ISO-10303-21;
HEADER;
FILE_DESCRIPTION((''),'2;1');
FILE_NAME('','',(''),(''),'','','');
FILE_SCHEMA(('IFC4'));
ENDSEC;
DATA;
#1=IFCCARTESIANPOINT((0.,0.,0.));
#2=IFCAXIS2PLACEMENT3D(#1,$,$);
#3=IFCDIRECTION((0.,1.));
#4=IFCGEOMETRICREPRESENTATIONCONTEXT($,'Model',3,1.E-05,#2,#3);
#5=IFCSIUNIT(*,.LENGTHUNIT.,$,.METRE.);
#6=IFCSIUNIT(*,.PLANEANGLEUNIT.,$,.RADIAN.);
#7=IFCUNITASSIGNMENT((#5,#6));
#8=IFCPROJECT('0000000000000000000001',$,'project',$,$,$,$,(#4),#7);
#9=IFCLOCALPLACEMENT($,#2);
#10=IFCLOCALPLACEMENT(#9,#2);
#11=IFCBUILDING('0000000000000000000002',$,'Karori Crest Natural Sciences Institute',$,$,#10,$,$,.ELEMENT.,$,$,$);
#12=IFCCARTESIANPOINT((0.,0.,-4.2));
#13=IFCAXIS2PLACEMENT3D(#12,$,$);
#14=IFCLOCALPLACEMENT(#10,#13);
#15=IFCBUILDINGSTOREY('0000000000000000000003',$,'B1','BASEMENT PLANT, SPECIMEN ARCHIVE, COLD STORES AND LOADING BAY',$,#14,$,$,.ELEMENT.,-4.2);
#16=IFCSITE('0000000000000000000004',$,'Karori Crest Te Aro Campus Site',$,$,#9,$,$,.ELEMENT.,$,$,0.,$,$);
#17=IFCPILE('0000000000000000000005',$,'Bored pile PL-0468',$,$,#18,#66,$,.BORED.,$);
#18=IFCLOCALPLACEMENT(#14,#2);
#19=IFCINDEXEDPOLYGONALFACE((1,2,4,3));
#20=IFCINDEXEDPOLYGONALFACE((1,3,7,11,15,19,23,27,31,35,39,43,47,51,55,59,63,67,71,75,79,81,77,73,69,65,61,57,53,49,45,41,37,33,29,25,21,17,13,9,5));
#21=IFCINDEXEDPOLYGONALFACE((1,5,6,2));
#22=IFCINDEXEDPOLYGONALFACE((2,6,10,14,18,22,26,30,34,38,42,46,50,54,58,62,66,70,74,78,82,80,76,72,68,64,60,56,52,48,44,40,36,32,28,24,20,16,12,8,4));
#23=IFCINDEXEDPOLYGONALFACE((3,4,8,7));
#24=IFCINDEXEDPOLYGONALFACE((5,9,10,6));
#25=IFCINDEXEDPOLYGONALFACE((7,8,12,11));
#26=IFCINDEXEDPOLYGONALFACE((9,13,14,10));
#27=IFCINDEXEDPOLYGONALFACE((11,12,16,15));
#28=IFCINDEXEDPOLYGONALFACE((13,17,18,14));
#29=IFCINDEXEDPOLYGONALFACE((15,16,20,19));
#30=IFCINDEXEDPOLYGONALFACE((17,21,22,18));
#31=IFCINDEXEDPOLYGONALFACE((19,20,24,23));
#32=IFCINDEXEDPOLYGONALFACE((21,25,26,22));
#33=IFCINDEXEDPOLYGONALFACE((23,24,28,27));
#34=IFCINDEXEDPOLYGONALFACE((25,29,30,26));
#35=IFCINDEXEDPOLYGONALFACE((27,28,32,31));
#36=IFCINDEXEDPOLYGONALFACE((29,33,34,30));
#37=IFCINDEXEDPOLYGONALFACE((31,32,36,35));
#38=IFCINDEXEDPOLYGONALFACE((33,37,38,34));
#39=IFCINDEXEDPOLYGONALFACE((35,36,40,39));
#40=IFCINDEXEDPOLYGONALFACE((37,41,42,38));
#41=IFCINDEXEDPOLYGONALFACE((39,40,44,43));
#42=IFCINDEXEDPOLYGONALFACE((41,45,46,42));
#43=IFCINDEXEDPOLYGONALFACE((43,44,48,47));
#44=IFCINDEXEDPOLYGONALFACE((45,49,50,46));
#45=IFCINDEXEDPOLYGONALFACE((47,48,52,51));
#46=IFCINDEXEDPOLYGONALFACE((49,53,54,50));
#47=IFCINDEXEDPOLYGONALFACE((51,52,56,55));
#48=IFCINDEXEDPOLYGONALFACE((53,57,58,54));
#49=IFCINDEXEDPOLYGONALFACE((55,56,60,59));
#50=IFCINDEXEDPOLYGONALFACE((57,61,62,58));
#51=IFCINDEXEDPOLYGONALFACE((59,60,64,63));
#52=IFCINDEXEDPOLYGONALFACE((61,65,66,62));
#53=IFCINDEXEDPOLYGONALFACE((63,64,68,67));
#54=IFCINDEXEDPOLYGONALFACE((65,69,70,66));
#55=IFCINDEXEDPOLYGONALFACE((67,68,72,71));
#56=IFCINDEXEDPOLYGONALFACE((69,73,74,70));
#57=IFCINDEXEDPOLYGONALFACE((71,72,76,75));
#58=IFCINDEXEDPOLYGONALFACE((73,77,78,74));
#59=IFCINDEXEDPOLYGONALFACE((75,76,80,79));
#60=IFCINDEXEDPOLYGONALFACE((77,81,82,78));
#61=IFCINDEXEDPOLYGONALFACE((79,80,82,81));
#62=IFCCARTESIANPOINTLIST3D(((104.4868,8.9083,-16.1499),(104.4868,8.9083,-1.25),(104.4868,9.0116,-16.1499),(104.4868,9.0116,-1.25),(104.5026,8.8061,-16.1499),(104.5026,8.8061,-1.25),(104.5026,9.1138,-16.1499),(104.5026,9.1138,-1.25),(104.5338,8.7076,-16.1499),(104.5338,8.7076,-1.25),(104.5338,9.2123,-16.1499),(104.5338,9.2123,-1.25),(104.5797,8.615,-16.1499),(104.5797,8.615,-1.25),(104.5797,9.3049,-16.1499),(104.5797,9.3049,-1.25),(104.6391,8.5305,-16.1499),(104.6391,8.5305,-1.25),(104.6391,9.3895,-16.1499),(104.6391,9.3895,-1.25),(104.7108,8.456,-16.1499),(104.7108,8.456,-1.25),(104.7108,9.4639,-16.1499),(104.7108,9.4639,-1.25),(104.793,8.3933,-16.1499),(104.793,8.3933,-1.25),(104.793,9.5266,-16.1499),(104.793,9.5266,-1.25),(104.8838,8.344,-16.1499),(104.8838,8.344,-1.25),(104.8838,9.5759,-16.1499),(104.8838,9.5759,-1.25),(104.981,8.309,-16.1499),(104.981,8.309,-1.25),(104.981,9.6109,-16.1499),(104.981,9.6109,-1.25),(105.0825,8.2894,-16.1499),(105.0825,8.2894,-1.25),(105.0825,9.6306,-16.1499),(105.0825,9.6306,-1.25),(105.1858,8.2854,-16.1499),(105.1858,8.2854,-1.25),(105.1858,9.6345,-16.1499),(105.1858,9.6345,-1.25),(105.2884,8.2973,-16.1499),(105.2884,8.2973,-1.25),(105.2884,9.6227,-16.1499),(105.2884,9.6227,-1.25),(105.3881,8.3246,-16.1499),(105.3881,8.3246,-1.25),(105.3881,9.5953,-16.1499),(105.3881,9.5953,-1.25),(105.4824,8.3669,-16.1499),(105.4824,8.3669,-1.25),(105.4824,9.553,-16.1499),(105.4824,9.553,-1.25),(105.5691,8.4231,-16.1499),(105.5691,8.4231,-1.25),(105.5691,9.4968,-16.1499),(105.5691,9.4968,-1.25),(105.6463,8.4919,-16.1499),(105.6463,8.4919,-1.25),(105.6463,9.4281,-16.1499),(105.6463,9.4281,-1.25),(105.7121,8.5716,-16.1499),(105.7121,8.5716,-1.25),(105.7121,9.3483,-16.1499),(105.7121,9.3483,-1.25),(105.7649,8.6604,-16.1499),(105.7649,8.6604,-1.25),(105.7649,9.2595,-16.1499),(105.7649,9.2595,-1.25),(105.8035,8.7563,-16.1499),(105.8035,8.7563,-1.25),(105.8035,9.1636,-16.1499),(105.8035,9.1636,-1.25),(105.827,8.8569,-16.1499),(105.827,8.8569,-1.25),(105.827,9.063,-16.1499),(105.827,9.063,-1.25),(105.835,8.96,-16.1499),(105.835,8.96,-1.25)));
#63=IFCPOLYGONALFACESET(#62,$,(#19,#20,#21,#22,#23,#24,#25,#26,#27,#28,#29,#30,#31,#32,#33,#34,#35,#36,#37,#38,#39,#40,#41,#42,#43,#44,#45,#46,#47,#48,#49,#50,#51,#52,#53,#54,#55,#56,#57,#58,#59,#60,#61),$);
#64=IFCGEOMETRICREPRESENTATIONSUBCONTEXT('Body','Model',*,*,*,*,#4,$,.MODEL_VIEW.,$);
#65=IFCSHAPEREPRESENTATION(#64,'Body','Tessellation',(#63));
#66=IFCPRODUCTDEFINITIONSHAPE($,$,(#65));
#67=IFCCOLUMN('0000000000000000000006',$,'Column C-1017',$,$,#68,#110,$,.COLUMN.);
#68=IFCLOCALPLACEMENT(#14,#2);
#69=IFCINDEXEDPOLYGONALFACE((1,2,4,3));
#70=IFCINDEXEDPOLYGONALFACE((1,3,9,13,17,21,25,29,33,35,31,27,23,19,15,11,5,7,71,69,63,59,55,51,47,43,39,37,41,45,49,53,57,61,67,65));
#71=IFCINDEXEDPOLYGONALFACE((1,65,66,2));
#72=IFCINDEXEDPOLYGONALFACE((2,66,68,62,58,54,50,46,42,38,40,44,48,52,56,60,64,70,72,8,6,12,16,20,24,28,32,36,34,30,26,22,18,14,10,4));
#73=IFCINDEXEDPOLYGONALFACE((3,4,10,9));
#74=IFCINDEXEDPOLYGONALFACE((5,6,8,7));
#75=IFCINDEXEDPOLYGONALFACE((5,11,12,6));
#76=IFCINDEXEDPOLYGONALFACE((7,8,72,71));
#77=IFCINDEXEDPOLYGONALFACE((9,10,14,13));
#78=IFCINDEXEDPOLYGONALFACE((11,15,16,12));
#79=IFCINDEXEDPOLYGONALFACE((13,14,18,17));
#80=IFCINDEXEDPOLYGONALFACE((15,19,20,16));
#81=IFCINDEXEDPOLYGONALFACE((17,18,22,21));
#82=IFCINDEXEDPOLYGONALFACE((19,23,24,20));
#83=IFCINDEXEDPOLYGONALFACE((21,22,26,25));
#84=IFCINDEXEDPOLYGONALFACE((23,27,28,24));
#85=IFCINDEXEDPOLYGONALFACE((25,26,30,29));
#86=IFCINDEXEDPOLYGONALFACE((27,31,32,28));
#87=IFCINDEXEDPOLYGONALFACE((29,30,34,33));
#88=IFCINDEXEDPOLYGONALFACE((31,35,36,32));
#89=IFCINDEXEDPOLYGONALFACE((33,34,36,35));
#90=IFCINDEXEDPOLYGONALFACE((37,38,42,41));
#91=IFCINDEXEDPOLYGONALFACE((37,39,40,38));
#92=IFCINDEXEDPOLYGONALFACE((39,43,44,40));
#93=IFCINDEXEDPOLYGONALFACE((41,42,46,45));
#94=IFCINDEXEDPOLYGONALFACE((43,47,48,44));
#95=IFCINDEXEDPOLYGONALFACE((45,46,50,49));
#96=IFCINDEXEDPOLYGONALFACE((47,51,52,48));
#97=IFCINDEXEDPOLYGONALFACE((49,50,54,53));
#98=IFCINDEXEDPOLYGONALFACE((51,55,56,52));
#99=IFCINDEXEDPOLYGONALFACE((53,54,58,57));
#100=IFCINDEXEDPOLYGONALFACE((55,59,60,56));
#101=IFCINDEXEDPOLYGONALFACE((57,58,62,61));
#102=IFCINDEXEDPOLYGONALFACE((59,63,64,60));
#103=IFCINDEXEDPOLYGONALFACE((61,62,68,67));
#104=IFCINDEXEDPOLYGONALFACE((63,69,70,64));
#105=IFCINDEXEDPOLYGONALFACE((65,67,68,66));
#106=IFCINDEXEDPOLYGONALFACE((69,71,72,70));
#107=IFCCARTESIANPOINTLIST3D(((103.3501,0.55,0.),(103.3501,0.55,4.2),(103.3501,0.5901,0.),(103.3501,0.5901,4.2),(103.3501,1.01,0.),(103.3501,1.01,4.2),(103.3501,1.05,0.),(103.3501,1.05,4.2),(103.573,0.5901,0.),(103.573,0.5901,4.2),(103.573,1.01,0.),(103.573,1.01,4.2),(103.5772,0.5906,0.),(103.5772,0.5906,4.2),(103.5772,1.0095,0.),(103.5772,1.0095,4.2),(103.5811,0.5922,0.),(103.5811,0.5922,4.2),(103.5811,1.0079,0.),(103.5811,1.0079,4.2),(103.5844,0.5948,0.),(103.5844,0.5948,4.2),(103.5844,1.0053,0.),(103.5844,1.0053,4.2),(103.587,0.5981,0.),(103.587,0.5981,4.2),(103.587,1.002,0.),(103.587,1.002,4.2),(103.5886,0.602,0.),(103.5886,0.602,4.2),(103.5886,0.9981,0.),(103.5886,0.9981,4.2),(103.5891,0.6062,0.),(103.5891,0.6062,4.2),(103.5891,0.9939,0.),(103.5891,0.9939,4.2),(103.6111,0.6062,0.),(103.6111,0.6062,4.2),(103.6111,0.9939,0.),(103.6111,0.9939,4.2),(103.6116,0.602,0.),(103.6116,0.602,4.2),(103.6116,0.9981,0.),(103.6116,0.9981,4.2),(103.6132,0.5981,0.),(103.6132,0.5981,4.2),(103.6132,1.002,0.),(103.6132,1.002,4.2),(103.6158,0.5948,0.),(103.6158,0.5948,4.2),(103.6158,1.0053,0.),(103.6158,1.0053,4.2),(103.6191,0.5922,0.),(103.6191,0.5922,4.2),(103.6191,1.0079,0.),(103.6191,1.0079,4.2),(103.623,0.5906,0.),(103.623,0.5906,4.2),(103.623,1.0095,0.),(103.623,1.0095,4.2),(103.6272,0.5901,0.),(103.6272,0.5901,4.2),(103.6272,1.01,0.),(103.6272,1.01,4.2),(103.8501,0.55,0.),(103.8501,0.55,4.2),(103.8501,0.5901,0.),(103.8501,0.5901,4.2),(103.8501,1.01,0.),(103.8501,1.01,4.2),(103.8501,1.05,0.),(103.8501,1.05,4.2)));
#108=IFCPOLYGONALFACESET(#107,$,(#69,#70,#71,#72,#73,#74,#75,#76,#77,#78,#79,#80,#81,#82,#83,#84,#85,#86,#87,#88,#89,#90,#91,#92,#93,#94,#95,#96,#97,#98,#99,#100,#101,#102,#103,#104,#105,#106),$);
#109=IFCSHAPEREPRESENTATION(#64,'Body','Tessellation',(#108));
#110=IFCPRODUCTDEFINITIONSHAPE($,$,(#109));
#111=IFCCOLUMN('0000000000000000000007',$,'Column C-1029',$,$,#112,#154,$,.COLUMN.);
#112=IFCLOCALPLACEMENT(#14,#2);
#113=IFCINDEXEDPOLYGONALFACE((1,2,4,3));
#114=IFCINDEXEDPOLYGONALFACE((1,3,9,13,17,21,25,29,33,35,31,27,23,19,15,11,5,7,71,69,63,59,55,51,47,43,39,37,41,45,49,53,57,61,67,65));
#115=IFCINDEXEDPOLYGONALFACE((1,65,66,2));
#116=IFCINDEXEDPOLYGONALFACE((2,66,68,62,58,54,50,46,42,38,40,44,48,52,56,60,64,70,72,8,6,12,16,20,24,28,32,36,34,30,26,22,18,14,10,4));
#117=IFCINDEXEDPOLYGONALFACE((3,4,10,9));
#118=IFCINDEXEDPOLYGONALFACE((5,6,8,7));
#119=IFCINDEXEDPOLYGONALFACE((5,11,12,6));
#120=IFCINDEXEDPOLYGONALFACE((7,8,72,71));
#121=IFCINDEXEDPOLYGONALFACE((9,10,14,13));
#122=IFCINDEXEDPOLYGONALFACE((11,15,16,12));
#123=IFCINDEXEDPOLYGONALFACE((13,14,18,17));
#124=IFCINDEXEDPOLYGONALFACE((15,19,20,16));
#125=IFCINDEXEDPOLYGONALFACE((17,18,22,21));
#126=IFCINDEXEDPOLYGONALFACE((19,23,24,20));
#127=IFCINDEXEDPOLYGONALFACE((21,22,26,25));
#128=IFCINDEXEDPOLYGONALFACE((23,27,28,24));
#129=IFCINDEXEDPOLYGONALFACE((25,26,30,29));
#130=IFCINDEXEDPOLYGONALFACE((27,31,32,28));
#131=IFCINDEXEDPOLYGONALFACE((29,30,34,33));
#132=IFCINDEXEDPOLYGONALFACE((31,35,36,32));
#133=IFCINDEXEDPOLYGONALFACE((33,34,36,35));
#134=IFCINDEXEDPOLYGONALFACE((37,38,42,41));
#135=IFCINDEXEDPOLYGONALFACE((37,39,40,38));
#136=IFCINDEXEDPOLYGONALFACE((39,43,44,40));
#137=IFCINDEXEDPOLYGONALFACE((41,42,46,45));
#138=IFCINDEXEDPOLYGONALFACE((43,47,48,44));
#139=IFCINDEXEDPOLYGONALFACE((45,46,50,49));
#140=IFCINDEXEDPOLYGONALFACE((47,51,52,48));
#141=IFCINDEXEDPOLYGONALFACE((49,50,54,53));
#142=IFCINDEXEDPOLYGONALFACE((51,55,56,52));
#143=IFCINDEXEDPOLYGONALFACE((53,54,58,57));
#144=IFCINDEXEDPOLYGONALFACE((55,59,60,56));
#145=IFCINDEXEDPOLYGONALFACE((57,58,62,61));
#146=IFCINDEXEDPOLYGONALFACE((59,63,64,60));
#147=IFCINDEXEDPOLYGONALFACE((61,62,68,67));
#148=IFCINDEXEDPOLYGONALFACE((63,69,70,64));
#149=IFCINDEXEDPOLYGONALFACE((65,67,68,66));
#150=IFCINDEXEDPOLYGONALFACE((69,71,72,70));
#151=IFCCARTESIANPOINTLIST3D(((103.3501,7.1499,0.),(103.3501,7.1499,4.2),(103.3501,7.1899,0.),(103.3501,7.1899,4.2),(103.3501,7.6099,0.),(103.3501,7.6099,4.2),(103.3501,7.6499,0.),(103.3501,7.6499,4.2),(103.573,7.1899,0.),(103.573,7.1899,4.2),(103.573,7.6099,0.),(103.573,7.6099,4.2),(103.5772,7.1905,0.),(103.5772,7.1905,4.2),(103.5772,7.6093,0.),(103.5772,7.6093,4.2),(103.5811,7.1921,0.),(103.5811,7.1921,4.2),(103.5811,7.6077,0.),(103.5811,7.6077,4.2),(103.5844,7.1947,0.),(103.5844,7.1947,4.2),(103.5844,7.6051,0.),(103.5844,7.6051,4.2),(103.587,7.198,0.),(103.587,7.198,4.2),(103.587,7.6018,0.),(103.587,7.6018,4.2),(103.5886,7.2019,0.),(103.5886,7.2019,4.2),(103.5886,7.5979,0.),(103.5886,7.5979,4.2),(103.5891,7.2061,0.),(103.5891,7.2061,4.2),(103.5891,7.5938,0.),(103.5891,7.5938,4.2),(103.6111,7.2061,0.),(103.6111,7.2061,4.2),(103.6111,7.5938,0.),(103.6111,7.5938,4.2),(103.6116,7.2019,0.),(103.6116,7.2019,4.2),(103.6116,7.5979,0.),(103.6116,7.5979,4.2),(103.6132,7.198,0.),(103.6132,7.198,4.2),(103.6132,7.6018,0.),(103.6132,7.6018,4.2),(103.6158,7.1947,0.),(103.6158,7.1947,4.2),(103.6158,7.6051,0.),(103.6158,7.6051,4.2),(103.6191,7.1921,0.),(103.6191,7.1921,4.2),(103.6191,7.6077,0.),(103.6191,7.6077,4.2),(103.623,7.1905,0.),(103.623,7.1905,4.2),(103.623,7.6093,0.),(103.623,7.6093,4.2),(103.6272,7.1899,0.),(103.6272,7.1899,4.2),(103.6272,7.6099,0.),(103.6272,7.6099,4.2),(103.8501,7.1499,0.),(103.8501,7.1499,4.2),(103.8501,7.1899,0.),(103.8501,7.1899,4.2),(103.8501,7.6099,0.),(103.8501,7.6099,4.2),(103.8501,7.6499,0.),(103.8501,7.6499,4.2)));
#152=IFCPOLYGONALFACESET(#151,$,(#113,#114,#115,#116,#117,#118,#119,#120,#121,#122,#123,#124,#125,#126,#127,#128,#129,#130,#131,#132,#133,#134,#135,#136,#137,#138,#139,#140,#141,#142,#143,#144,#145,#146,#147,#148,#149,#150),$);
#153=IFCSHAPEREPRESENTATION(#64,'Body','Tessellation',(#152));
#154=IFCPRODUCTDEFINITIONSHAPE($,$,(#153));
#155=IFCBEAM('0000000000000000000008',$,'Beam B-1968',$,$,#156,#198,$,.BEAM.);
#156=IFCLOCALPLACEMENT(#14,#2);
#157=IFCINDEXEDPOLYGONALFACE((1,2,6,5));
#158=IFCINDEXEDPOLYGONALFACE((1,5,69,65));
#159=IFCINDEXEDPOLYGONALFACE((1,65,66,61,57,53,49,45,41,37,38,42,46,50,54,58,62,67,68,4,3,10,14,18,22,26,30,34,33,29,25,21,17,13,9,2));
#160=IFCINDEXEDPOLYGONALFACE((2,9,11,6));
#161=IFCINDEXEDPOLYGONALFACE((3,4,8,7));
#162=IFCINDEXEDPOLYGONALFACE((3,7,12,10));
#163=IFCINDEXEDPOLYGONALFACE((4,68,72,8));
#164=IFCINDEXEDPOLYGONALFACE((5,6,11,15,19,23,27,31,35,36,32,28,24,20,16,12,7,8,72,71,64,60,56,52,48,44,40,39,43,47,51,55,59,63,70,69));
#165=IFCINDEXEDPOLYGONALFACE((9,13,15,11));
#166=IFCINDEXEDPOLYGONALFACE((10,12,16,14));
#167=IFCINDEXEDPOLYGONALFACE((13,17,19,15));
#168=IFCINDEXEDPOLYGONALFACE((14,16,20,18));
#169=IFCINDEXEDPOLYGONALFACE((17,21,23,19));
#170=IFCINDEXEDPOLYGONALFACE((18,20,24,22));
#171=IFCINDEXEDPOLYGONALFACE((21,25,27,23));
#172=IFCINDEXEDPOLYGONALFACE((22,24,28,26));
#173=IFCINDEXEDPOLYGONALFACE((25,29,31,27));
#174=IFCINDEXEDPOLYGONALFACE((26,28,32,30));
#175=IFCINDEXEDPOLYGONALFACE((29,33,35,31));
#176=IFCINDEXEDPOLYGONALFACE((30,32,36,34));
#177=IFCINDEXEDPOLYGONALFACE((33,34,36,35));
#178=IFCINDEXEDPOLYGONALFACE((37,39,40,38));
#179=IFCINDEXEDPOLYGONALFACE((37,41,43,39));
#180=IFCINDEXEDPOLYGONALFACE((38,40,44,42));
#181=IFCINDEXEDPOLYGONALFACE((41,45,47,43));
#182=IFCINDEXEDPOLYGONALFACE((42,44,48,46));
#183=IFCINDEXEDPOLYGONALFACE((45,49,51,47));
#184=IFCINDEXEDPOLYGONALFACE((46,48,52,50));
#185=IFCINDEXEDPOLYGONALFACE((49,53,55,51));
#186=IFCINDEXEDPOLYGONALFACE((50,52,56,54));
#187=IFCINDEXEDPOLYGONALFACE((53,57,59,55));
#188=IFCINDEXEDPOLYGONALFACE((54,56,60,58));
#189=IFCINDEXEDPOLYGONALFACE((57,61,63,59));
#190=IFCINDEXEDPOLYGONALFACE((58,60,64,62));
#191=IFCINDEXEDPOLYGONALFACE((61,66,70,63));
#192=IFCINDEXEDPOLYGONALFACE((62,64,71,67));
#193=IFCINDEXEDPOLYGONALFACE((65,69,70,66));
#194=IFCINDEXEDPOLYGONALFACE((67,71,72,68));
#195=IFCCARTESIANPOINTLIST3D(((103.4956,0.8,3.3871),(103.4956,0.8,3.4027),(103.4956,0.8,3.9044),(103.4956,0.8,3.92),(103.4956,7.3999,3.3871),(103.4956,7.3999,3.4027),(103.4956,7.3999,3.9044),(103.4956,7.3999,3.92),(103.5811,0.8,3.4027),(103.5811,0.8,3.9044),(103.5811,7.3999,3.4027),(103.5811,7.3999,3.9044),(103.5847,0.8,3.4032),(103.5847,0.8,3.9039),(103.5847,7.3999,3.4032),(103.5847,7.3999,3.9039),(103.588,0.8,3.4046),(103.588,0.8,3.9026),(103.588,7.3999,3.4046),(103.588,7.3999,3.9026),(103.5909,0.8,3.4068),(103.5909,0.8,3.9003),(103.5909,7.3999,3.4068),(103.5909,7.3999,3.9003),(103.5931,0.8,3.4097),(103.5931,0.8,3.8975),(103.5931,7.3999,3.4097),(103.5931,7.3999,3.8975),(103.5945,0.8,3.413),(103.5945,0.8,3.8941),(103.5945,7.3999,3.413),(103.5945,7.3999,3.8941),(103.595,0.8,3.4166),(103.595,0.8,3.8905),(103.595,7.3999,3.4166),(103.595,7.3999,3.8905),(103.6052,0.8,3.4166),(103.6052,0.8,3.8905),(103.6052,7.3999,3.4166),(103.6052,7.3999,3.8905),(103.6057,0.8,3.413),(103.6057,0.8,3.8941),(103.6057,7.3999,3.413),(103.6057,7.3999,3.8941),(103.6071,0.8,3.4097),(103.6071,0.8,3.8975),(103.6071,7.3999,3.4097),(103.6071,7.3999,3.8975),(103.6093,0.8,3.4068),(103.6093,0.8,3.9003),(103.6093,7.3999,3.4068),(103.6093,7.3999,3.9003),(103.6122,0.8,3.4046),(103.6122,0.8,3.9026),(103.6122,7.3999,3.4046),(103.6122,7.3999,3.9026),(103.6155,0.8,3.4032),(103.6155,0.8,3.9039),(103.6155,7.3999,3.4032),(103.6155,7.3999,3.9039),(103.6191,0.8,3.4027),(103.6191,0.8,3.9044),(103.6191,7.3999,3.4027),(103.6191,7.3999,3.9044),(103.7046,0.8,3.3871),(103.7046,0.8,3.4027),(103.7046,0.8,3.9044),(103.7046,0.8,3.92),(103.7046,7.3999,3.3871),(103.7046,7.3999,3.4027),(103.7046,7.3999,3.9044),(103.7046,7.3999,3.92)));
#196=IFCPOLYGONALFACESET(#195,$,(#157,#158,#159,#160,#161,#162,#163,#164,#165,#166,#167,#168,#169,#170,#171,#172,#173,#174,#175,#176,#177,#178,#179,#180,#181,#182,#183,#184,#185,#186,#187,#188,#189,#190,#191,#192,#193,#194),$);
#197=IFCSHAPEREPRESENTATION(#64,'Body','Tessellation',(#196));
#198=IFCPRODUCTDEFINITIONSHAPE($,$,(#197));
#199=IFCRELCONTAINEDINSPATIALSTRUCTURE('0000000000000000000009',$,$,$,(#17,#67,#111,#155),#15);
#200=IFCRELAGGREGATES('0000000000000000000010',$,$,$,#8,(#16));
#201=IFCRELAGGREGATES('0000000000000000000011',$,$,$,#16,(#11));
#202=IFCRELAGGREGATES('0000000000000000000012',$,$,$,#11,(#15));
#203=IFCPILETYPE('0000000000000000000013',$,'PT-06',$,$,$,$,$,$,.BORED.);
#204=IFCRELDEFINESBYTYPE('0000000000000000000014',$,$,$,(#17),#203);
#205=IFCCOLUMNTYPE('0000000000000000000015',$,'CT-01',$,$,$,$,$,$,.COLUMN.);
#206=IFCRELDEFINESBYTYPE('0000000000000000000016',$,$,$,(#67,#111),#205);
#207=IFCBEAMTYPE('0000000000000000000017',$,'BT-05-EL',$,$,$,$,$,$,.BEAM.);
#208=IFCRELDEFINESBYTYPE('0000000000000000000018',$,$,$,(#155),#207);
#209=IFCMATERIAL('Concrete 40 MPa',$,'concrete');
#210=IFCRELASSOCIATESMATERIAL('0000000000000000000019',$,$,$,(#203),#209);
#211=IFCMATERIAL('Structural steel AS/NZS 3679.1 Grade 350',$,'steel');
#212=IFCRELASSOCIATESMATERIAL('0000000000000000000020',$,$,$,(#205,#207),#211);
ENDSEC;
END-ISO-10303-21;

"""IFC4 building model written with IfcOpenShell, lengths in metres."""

from ifc_helpers import new_model, si_unit, direction, frame, origin, origin_2d, place, context, subcontext, project, spatial, circle, i_section, extrude, material, material_profile, profile_set, type_object, element, save


model = new_model("IFC4")

# Units and contexts
model_context = context("Model", 3, precision=1e-05, world=origin(), true_north=direction((0.0, 1.0)))
body_context = subcontext(model_context, "Body", "Model", "MODEL_VIEW")
ifc_project = project(units=[si_unit("LENGTHUNIT", "METRE"), si_unit("PLANEANGLEUNIT", "RADIAN")], contexts=[model_context])

# Site, building, storey
site_placement = place(None, origin())
site = spatial("IfcSite", under=ifc_project, at=site_placement, Name="Karori Crest Te Aro Campus Site", CompositionType="ELEMENT", RefElevation=0.0)
building_placement = place(site_placement, origin())
building = spatial("IfcBuilding", under=site, at=building_placement, Name="Karori Crest Natural Sciences Institute", CompositionType="ELEMENT")
storey_placement = place(building_placement, frame((0.0, 0.0, -4.2)))
storey = spatial("IfcBuildingStorey", under=building, at=storey_placement, Name="B1", Description="BASEMENT PLANT, SPECIMEN ARCHIVE, COLD STORES AND LOADING BAY", CompositionType="ELEMENT", Elevation=-4.2)

# Shared definitions
ifc_material_1 = material(Name="Concrete 40 MPa", Category="concrete")

# Pile
ifc_material_profile_1 = material_profile(ifc_material_1, circle(Radius=0.675, at=origin_2d()), Name="PILE1350")
ifc_profile_set_1 = profile_set([ifc_material_profile_1], Name="Concrete 40 MPa")
pile_type = type_object("IfcPileType", Name="PT-06", PredefinedType="BORED", material=ifc_profile_set_1)
for number, where, z_axis, x_axis, name in (
    (1, (105.1599, 8.96, -1.25), (0.0, 0.0, -1.0), (1.0, 0.0, 0.0), "Bored pile PL-0468"),
):
    element("IfcPile", number, at=place(storey_placement, frame(where, z_axis=z_axis, x_axis=x_axis)), inside=storey, type_object=pile_type, Name=name, PredefinedType="BORED", context=body_context, shape_type="SweptSolid", body=[
        extrude(circle(Radius=0.675, at=origin_2d()), origin(), (0.0, 0.0, 1.0), 14.8999),
    ])

# Columns
ifc_material_2 = material(Name="Structural steel AS/NZS 3679.1 Grade 350", Category="steel")
ifc_material_profile_2 = material_profile(ifc_material_2, i_section(OverallWidth=0.5, OverallDepth=0.5, WebThickness=0.022, FlangeThickness=0.04, FilletRadius=0.0161, at=origin_2d()), Name="500WC440")
ifc_profile_set_2 = profile_set([ifc_material_profile_2], Name="Structural steel AS/NZS 3679.1 Grade 350")
column_type = type_object("IfcColumnType", Name="CT-01", PredefinedType="COLUMN", material=ifc_profile_set_2)
for number, where, z_axis, x_axis, name in (
    (2, (103.6001, 0.8, 0.0), (0.0, 0.0, 1.0), (1.0, 0.0, 0.0), "Column C-1017"),
    (3, (103.6001, 7.3999, 0.0), (0.0, 0.0, 1.0), (1.0, 0.0, 0.0), "Column C-1029"),
):
    element("IfcColumn", number, at=place(storey_placement, frame(where, z_axis=z_axis, x_axis=x_axis)), inside=storey, type_object=column_type, Name=name, PredefinedType="COLUMN", context=body_context, shape_type="SweptSolid", body=[
        extrude(i_section(OverallWidth=0.5, OverallDepth=0.5, WebThickness=0.022, FlangeThickness=0.04, FilletRadius=0.0161, at=origin_2d()), origin(), (0.0, 0.0, 1.0), 4.2),
    ])

# Beam
ifc_material_profile_3 = material_profile(ifc_material_2, i_section(OverallWidth=0.209, OverallDepth=0.533, WebThickness=0.0103, FlangeThickness=0.0156, FilletRadius=0.0139, at=origin_2d()), Name="530UB92.4")
ifc_profile_set_3 = profile_set([ifc_material_profile_3], Name="Structural steel AS/NZS 3679.1 Grade 350")
beam_type_1 = type_object("IfcBeamType", Name="BT-05-EL", PredefinedType="BEAM", material=ifc_profile_set_3)
beam_1_placement = place(storey_placement, frame((103.6001, 0.8, 3.6536), z_axis=(0.0, 1.0, 0.0), x_axis=(-1.0, 0.0, 0.0)))
element("IfcBeam", 4, at=beam_1_placement, inside=storey, type_object=beam_type_1, Name="Beam B-1968", PredefinedType="BEAM", context=body_context, shape_type="SweptSolid", body=[
    extrude(i_section(OverallWidth=0.209, OverallDepth=0.533, WebThickness=0.0103, FlangeThickness=0.0156, FilletRadius=0.0139, at=origin_2d()), origin(), (0.0, 0.0, 1.0), 6.5999),
])

save(model, "model.ifc")
